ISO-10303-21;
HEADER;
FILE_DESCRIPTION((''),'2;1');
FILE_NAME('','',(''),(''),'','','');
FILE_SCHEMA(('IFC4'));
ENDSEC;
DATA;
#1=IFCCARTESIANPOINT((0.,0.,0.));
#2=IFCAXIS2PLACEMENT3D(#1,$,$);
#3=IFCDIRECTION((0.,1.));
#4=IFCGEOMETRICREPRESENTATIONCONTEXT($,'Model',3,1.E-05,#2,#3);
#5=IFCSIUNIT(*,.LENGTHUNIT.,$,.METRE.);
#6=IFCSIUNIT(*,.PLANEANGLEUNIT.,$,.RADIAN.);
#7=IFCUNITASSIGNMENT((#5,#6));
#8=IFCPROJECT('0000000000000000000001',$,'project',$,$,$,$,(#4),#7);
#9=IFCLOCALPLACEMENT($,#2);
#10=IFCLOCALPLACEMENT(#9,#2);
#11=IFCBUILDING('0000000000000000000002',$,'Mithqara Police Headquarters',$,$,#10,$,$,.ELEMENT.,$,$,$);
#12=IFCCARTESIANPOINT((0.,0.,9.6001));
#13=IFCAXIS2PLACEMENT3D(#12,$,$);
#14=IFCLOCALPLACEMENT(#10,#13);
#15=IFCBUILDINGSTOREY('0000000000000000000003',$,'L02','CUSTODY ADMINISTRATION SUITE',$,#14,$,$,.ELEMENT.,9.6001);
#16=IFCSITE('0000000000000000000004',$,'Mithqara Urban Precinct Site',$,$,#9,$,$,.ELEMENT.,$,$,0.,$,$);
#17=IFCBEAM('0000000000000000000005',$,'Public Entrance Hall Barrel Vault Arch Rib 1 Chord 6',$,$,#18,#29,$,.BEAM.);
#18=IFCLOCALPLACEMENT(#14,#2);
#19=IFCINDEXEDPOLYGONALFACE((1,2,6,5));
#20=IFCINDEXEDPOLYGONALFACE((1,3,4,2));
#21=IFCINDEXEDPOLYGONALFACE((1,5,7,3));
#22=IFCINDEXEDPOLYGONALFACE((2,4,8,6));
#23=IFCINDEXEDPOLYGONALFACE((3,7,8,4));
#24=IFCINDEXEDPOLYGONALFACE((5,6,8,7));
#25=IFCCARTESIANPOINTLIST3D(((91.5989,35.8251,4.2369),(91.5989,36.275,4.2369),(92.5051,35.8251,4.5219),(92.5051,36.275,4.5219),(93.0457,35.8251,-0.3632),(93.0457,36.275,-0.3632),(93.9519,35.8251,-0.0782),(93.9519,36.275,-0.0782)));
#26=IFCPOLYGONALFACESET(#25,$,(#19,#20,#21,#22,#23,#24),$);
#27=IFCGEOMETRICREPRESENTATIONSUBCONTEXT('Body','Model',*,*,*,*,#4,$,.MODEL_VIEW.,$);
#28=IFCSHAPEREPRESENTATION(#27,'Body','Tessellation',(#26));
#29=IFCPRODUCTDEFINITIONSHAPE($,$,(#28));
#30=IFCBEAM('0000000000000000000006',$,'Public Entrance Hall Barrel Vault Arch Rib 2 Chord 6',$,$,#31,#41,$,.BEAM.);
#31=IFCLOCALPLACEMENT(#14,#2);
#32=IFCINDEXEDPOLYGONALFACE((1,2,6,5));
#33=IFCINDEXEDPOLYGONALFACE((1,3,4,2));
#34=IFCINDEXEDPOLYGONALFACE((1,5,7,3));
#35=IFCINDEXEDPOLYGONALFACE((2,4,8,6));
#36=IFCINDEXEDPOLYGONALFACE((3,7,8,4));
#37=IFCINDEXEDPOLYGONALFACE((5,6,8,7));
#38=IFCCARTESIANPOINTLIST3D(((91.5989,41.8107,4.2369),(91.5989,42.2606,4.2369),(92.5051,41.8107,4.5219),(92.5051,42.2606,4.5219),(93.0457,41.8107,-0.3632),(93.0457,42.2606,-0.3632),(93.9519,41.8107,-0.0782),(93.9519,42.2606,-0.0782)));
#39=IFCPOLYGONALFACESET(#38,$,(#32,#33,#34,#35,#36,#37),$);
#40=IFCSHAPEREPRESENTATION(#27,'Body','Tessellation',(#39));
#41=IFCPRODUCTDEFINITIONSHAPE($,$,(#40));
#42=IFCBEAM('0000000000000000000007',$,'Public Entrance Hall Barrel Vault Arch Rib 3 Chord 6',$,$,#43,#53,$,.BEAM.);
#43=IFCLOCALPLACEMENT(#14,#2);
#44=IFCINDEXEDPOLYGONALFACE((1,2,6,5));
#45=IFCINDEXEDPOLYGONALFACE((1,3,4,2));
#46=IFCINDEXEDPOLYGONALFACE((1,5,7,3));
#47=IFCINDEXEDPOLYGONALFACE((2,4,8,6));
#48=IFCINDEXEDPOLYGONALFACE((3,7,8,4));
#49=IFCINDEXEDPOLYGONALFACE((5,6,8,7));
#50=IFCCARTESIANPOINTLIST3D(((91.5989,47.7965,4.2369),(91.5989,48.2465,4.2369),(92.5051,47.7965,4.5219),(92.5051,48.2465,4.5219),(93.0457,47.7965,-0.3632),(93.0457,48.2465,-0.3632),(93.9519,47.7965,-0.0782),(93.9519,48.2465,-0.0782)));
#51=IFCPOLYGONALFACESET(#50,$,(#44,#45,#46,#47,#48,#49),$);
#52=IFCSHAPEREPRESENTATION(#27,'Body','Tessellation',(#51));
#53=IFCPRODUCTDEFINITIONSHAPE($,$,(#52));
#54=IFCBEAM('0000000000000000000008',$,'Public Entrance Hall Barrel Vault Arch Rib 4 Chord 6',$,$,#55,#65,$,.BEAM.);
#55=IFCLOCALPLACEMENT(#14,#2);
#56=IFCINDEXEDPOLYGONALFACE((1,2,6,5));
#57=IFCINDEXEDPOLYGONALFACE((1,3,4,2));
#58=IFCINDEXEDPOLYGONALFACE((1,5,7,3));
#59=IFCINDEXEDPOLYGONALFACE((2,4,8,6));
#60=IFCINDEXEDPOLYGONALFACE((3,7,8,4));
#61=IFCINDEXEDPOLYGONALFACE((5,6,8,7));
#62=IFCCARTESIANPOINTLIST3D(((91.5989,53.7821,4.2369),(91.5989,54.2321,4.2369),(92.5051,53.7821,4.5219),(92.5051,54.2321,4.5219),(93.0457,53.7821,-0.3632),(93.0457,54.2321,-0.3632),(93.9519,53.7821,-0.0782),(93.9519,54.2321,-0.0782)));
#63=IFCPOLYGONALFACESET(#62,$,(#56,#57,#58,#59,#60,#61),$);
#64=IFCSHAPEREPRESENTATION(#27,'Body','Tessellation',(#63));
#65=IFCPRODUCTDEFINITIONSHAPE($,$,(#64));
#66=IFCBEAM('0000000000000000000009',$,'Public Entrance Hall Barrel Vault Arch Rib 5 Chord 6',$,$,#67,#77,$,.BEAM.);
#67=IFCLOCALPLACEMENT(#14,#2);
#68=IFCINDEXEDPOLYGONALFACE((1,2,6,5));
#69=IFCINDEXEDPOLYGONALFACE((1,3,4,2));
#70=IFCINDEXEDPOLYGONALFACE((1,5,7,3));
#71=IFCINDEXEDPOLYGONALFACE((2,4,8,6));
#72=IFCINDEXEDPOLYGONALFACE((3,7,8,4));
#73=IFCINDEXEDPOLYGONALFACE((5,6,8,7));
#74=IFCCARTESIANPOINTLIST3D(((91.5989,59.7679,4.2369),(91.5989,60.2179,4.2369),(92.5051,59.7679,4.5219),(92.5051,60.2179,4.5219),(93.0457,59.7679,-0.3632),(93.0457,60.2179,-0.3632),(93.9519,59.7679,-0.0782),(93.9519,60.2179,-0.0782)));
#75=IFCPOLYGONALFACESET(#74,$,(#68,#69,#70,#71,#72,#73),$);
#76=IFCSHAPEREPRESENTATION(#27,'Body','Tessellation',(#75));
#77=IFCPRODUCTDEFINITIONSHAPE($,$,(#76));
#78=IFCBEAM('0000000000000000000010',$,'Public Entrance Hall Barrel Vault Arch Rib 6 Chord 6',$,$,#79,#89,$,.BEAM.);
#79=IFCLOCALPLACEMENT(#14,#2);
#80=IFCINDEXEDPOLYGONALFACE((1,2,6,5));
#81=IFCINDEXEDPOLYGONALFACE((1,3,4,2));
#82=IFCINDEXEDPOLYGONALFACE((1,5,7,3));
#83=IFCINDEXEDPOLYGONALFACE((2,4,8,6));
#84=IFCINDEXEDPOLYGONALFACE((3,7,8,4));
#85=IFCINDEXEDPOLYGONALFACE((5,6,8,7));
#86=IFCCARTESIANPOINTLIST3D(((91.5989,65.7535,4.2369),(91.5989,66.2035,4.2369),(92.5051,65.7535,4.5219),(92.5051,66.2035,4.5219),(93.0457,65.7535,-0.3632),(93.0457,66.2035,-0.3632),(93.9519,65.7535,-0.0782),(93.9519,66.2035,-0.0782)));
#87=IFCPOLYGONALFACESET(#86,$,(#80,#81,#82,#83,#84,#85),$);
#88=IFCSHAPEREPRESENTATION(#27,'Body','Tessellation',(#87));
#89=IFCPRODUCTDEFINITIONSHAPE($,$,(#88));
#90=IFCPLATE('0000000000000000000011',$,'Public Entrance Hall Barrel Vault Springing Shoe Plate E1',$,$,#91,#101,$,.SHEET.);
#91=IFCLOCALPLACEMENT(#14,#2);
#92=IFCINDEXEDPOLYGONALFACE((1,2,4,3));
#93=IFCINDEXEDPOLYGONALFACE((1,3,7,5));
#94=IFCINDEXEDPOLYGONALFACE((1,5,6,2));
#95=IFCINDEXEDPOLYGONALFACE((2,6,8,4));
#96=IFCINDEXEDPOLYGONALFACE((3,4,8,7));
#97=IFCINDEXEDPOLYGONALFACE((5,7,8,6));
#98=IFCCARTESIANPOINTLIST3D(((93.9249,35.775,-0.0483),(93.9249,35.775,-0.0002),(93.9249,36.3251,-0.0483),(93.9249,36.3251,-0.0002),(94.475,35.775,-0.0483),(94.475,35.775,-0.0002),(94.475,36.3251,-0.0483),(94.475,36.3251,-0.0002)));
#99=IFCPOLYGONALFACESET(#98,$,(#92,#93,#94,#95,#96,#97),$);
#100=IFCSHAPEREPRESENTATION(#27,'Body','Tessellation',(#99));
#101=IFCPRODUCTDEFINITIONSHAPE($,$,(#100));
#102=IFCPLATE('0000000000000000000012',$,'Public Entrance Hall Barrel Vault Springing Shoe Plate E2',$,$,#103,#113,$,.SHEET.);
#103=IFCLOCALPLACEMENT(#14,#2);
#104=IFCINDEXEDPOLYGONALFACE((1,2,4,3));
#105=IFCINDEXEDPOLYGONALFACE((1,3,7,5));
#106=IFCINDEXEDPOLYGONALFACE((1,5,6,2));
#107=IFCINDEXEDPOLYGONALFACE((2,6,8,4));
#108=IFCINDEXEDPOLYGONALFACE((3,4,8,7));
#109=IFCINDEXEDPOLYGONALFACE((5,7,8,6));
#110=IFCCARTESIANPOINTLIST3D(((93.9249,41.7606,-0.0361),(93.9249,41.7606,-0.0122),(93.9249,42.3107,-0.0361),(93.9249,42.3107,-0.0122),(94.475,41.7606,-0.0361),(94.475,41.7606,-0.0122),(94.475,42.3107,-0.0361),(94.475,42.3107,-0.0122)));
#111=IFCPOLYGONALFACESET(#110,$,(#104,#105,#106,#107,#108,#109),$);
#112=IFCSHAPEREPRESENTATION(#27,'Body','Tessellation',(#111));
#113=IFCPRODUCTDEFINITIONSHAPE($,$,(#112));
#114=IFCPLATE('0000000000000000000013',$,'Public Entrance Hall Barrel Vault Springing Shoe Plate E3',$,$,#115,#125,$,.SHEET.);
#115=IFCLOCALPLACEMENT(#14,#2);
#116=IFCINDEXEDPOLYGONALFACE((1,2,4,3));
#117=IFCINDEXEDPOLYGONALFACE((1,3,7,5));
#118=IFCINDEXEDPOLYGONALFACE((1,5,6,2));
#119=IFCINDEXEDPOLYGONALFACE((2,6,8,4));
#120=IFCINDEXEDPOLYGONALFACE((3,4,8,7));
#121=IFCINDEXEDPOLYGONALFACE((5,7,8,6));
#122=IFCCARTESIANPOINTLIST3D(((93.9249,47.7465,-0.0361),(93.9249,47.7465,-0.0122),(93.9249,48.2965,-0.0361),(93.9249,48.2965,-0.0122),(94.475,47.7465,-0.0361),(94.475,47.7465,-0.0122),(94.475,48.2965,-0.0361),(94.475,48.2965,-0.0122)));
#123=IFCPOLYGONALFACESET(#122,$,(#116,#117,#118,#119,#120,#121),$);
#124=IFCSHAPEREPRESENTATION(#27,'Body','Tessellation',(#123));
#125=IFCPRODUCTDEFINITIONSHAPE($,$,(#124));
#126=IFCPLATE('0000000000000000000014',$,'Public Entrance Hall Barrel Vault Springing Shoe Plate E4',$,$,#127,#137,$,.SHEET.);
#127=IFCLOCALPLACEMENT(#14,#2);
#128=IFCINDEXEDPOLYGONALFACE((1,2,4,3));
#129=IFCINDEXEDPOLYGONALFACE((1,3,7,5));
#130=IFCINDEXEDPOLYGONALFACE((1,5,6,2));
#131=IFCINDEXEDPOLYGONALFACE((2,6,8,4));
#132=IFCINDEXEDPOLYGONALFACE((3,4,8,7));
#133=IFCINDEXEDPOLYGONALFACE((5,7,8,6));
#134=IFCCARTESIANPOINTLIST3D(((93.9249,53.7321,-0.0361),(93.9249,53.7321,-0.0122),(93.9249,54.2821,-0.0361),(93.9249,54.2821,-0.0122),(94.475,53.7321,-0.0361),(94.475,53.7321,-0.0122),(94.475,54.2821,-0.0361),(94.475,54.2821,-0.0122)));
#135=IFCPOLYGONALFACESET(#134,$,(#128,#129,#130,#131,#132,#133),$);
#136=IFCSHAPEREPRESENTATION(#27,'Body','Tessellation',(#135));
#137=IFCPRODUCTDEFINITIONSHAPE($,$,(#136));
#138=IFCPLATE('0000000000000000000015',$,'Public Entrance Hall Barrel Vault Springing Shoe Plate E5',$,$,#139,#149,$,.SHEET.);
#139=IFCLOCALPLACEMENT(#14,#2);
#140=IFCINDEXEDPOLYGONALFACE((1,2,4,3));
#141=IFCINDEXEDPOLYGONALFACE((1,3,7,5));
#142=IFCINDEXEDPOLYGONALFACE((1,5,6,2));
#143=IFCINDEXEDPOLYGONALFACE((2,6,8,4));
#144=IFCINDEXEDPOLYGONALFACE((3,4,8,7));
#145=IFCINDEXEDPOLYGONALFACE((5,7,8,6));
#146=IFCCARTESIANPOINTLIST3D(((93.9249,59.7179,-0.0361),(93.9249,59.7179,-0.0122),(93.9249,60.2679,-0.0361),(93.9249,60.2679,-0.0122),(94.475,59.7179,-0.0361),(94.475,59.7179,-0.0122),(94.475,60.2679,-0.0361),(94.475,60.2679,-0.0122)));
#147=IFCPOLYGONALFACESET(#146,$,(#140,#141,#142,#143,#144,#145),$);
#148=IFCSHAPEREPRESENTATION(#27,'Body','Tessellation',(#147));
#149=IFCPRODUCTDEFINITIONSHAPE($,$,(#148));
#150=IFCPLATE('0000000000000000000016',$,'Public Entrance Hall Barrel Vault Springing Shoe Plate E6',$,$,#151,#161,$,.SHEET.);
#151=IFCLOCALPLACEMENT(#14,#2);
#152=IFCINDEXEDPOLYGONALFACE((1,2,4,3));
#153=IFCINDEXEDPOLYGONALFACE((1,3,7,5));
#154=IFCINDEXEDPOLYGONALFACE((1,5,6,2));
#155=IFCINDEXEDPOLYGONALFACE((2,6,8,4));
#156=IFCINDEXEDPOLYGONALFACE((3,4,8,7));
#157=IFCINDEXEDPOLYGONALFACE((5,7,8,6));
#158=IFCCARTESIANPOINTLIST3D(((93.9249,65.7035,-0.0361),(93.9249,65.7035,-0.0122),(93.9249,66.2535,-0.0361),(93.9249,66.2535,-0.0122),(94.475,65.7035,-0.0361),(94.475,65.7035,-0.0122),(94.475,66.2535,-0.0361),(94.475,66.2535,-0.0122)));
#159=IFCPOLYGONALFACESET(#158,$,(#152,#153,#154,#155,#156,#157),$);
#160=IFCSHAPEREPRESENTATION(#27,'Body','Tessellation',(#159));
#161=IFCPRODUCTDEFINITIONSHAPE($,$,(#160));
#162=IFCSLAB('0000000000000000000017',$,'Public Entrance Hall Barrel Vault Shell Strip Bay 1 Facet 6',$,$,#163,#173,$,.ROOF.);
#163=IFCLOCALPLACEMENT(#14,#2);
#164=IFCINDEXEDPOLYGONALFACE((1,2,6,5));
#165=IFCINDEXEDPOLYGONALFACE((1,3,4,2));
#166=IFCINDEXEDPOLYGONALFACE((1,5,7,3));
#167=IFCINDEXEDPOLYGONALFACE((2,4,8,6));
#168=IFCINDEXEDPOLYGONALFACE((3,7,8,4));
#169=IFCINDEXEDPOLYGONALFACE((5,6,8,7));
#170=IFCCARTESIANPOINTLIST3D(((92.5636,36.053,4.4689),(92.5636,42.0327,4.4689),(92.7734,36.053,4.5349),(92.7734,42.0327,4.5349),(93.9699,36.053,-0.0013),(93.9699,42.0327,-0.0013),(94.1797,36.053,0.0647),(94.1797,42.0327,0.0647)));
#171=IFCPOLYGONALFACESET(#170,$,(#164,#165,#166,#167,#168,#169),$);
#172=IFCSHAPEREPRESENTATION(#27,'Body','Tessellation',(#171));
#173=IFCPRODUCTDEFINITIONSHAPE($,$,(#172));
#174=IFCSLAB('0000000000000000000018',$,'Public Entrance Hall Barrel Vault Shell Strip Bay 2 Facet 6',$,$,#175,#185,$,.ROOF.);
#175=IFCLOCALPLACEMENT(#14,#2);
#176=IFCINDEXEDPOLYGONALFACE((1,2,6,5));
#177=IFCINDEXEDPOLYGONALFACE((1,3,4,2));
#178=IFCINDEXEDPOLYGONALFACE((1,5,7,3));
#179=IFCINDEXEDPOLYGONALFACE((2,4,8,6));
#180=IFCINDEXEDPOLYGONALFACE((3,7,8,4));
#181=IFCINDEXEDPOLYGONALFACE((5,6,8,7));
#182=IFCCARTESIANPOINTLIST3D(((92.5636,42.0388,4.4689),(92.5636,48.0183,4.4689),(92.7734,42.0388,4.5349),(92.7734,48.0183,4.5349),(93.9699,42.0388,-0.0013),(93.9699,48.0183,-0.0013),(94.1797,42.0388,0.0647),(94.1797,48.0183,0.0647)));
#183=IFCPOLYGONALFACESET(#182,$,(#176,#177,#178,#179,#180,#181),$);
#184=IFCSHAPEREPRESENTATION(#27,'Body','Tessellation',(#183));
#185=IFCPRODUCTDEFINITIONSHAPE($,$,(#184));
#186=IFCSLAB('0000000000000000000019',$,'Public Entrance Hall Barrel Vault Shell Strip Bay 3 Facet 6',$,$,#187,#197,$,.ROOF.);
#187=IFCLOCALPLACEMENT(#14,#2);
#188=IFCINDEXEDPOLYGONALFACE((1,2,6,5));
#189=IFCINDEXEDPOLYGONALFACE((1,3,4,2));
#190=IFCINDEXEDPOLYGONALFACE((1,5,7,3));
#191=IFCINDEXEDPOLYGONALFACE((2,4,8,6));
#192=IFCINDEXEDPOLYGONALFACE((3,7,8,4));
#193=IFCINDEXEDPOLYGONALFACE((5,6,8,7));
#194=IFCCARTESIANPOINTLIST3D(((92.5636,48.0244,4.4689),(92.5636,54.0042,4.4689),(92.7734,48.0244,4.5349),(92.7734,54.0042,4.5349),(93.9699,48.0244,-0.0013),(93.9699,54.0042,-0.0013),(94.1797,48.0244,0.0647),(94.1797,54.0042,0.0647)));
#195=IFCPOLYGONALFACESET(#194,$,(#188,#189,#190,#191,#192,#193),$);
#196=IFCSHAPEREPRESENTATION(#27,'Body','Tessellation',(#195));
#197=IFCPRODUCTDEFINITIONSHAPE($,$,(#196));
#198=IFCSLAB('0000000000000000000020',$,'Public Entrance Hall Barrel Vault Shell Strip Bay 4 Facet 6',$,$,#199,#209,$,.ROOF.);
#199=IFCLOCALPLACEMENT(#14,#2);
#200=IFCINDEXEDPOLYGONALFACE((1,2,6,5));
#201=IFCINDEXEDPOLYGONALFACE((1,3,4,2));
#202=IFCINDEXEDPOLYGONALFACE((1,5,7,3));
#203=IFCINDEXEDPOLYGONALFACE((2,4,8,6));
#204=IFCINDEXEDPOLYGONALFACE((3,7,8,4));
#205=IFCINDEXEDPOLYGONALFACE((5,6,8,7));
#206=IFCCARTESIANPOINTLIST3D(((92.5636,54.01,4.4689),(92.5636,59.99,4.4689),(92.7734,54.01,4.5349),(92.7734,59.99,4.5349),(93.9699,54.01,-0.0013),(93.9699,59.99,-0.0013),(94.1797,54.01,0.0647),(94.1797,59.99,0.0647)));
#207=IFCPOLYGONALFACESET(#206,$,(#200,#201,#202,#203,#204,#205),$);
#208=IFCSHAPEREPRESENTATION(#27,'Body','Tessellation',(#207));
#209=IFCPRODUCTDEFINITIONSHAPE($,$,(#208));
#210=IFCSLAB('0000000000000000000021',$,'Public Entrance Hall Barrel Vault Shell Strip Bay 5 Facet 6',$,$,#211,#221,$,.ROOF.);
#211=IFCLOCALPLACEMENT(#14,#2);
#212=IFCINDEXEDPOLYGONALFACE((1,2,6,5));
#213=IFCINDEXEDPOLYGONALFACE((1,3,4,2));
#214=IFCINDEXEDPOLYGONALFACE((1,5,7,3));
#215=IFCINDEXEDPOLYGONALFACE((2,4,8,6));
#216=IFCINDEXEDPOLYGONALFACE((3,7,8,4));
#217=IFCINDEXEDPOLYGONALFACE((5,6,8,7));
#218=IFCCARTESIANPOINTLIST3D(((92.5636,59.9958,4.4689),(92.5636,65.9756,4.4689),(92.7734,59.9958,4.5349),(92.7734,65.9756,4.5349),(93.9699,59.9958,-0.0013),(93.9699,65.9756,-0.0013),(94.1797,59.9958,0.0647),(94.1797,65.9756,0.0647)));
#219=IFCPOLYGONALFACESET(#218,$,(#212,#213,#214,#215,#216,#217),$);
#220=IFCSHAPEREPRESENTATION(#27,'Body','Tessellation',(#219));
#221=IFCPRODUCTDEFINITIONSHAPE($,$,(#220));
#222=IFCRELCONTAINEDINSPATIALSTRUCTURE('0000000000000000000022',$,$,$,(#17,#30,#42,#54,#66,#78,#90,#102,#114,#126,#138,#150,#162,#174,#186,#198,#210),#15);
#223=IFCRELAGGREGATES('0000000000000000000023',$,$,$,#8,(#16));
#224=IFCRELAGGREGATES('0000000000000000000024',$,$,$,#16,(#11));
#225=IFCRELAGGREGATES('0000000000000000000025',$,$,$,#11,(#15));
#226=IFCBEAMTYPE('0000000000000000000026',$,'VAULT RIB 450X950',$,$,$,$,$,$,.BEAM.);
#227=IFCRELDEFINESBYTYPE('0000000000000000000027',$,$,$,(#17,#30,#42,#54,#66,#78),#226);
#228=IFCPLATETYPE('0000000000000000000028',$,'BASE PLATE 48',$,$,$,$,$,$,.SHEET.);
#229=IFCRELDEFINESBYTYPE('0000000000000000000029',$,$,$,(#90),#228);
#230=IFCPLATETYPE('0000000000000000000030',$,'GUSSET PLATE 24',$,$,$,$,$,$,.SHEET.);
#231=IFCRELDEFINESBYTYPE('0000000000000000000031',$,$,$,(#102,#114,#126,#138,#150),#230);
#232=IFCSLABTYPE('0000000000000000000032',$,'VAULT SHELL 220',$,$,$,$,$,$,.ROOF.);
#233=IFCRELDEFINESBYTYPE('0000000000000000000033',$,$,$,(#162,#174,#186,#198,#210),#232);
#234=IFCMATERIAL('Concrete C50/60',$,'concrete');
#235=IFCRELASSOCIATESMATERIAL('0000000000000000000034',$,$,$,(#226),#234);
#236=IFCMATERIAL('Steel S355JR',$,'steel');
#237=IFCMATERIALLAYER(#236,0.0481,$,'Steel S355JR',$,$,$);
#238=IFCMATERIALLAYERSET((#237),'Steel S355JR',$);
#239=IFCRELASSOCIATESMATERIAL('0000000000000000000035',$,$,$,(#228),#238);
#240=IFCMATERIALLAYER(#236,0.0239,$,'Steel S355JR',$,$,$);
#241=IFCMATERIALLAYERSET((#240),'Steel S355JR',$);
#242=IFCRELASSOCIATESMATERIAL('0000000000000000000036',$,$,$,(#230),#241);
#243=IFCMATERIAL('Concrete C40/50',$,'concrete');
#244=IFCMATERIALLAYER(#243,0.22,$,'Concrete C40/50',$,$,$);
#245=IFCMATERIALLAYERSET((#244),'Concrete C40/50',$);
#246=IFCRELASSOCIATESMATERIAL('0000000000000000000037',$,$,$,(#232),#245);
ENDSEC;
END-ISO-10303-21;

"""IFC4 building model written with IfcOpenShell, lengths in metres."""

from ifc_helpers import new_model, si_unit, direction, frame, origin, origin_2d, place, context, subcontext, project, spatial, polyline, rectangle, outline, extrude, material, layer, layer_set, material_profile, profile_set, type_object, element, save


model = new_model("IFC4")

# Units and contexts
model_context = context("Model", 3, precision=1e-05, world=origin(), true_north=direction((0.0, 1.0)))
body_context = subcontext(model_context, "Body", "Model", "MODEL_VIEW")
ifc_project = project(units=[si_unit("LENGTHUNIT", "METRE"), si_unit("PLANEANGLEUNIT", "RADIAN")], contexts=[model_context])

# Site, building, storey
site_placement = place(None, origin())
site = spatial("IfcSite", under=ifc_project, at=site_placement, Name="Mithqara Urban Precinct Site", CompositionType="ELEMENT", RefElevation=0.0)
building_placement = place(site_placement, origin())
building = spatial("IfcBuilding", under=site, at=building_placement, Name="Mithqara Police Headquarters", CompositionType="ELEMENT")
storey_placement = place(building_placement, frame((0.0, 0.0, 9.6001)))
storey = spatial("IfcBuildingStorey", under=building, at=storey_placement, Name="L02", Description="CUSTODY ADMINISTRATION SUITE", CompositionType="ELEMENT", Elevation=9.6001)

# Shared definitions
ifc_material_1 = material(Name="Concrete C50/60", Category="concrete")

# Shared definitions
ifc_material_2 = material(Name="Concrete C40/50", Category="concrete")

# Shared definitions
ifc_material_3 = material(Name="Steel S355JR", Category="steel")

# Beams
ifc_material_profile_1 = material_profile(ifc_material_1, rectangle(XDim=0.45, YDim=0.95, at=origin_2d()), Name="RIB 450x950")
ifc_profile_set_1 = profile_set([ifc_material_profile_1], Name="Concrete C50/60")
beam_type_1 = type_object("IfcBeamType", Name="VAULT RIB 450X950", PredefinedType="BEAM", material=ifc_profile_set_1)
for number, where, z_axis, x_axis, name in (
    (1, (92.052, 36.05, 4.3794), (0.300021, 0.0, -0.953932), (0.0, 1.0, 0.0), "Public Entrance Hall Barrel Vault Arch Rib 1 Chord 6"),
    (2, (92.052, 42.0356, 4.3794), (0.300021, 0.0, -0.953932), (0.0, 1.0, 0.0), "Public Entrance Hall Barrel Vault Arch Rib 2 Chord 6"),
    (3, (92.052, 48.0215, 4.3794), (0.300021, 0.0, -0.953932), (0.0, 1.0, 0.0), "Public Entrance Hall Barrel Vault Arch Rib 3 Chord 6"),
    (4, (92.052, 54.0071, 4.3794), (0.300021, 0.0, -0.953932), (0.0, 1.0, 0.0), "Public Entrance Hall Barrel Vault Arch Rib 4 Chord 6"),
    (5, (92.052, 59.9929, 4.3794), (0.300021, 0.0, -0.953932), (0.0, 1.0, 0.0), "Public Entrance Hall Barrel Vault Arch Rib 5 Chord 6"),
    (6, (92.052, 65.9785, 4.3794), (0.300021, 0.0, -0.953932), (0.0, 1.0, 0.0), "Public Entrance Hall Barrel Vault Arch Rib 6 Chord 6"),
):
    element("IfcBeam", number, at=place(storey_placement, frame(where, z_axis=z_axis, x_axis=x_axis)), inside=storey, type_object=beam_type_1, Name=name, PredefinedType="BEAM", context=body_context, shape_type="SweptSolid", body=[
        extrude(rectangle(XDim=0.45, YDim=0.95, at=origin_2d()), origin(), (0.0, 0.0, 1.0), 4.8223),
    ])

# Plates
ifc_layer_1 = layer(ifc_material_3, 0.0481, Name="Steel S355JR")
ifc_layer_set_1 = layer_set([ifc_layer_1], Name="Steel S355JR")
plate_type_1 = type_object("IfcPlateType", Name="BASE PLATE 48", PredefinedType="SHEET", material=ifc_layer_set_1)
plate_placement = place(storey_placement, frame((94.2, 36.05, -0.0483), z_axis=(0.0, 0.0, 1.0), x_axis=(1.0, 0.0, 0.0)))
element("IfcPlate", 7, at=plate_placement, inside=storey, type_object=plate_type_1, Name="Public Entrance Hall Barrel Vault Springing Shoe Plate E1", PredefinedType="SHEET", context=body_context, shape_type="SweptSolid", body=[
    extrude(rectangle(XDim=0.55, YDim=0.55, at=origin_2d()), origin(), (0.0, 0.0, 1.0), 0.0481),
])
ifc_layer_2 = layer(ifc_material_3, 0.0239, Name="Steel S355JR")
ifc_layer_set_2 = layer_set([ifc_layer_2], Name="Steel S355JR")
plate_type_2 = type_object("IfcPlateType", Name="GUSSET PLATE 24", PredefinedType="SHEET", material=ifc_layer_set_2)
for number, where, z_axis, x_axis, name in (
    (8, (94.2, 42.0356, -0.0361), (0.0, 0.0, 1.0), (1.0, 0.0, 0.0), "Public Entrance Hall Barrel Vault Springing Shoe Plate E2"),
    (9, (94.2, 48.0215, -0.0361), (0.0, 0.0, 1.0), (1.0, 0.0, 0.0), "Public Entrance Hall Barrel Vault Springing Shoe Plate E3"),
    (10, (94.2, 54.0071, -0.0361), (0.0, 0.0, 1.0), (1.0, 0.0, 0.0), "Public Entrance Hall Barrel Vault Springing Shoe Plate E4"),
    (11, (94.2, 59.9929, -0.0361), (0.0, 0.0, 1.0), (1.0, 0.0, 0.0), "Public Entrance Hall Barrel Vault Springing Shoe Plate E5"),
    (12, (94.2, 65.9785, -0.0361), (0.0, 0.0, 1.0), (1.0, 0.0, 0.0), "Public Entrance Hall Barrel Vault Springing Shoe Plate E6"),
):
    element("IfcPlate", number, at=place(storey_placement, frame(where, z_axis=z_axis, x_axis=x_axis)), inside=storey, type_object=plate_type_2, Name=name, PredefinedType="SHEET", context=body_context, shape_type="SweptSolid", body=[
        extrude(rectangle(XDim=0.55, YDim=0.55, at=origin_2d()), origin(), (0.0, 0.0, 1.0), 0.0239),
    ])

# Slabs
ifc_layer_3 = layer(ifc_material_2, 0.22, Name="Concrete C40/50")
ifc_layer_set_3 = layer_set([ifc_layer_3], Name="Concrete C40/50")
slab_type = type_object("IfcSlabType", Name="VAULT SHELL 220", PredefinedType="ROOF", material=ifc_layer_set_3)
slab_1_placement = place(storey_placement, frame((92.7734, 36.053, 4.5349), z_axis=(0.953913, 0.0, 0.300084), x_axis=(0.300084, 0.0, -0.953913)))
element("IfcSlab", 13, at=slab_1_placement, inside=storey, type_object=slab_type, Name="Public Entrance Hall Barrel Vault Shell Strip Bay 1 Facet 6", PredefinedType="ROOF", context=body_context, shape_type="SweptSolid", body=[
    extrude(outline(polyline([(0.0, 0.0), (4.6862, 0.0), (4.6862, 5.9797), (0.0, 5.9797), (0.0, 0.0)])), origin(), (0.0, 0.0, -1.0), 0.22),
])
slab_2_placement = place(storey_placement, frame((92.7734, 42.0388, 4.5349), z_axis=(0.953913, 0.0, 0.300084), x_axis=(0.300084, 0.0, -0.953913)))
element("IfcSlab", 14, at=slab_2_placement, inside=storey, type_object=slab_type, Name="Public Entrance Hall Barrel Vault Shell Strip Bay 2 Facet 6", PredefinedType="ROOF", context=body_context, shape_type="SweptSolid", body=[
    extrude(outline(polyline([(0.0, 0.0), (4.6862, 0.0), (4.6862, 5.9795), (0.0, 5.9795), (0.0, 0.0)])), origin(), (0.0, 0.0, -1.0), 0.22),
])
slab_3_placement = place(storey_placement, frame((92.7734, 48.0244, 4.5349), z_axis=(0.953913, 0.0, 0.300084), x_axis=(0.300084, 0.0, -0.953913)))
element("IfcSlab", 15, at=slab_3_placement, inside=storey, type_object=slab_type, Name="Public Entrance Hall Barrel Vault Shell Strip Bay 3 Facet 6", PredefinedType="ROOF", context=body_context, shape_type="SweptSolid", body=[
    extrude(outline(polyline([(0.0, 0.0), (4.6862, 0.0), (4.6862, 5.9797), (0.0, 5.9797), (0.0, 0.0)])), origin(), (0.0, 0.0, -1.0), 0.22),
])
slab_4_placement = place(storey_placement, frame((92.7734, 54.01, 4.5349), z_axis=(0.953913, 0.0, 0.300084), x_axis=(0.300084, 0.0, -0.953913)))
element("IfcSlab", 16, at=slab_4_placement, inside=storey, type_object=slab_type, Name="Public Entrance Hall Barrel Vault Shell Strip Bay 4 Facet 6", PredefinedType="ROOF", context=body_context, shape_type="SweptSolid", body=[
    extrude(outline(polyline([(0.0, 0.0), (4.6862, 0.0), (4.6862, 5.98), (0.0, 5.98), (0.0, 0.0)])), origin(), (0.0, 0.0, -1.0), 0.22),
])
slab_5_placement = place(storey_placement, frame((92.7734, 59.9958, 4.5349), z_axis=(0.953913, 0.0, 0.300084), x_axis=(0.300084, 0.0, -0.953913)))
element("IfcSlab", 17, at=slab_5_placement, inside=storey, type_object=slab_type, Name="Public Entrance Hall Barrel Vault Shell Strip Bay 5 Facet 6", PredefinedType="ROOF", context=body_context, shape_type="SweptSolid", body=[
    extrude(outline(polyline([(0.0, 0.0), (4.6862, 0.0), (4.6862, 5.9797), (0.0, 5.9797), (0.0, 0.0)])), origin(), (0.0, 0.0, -1.0), 0.22),
])

save(model, "model.ifc")
